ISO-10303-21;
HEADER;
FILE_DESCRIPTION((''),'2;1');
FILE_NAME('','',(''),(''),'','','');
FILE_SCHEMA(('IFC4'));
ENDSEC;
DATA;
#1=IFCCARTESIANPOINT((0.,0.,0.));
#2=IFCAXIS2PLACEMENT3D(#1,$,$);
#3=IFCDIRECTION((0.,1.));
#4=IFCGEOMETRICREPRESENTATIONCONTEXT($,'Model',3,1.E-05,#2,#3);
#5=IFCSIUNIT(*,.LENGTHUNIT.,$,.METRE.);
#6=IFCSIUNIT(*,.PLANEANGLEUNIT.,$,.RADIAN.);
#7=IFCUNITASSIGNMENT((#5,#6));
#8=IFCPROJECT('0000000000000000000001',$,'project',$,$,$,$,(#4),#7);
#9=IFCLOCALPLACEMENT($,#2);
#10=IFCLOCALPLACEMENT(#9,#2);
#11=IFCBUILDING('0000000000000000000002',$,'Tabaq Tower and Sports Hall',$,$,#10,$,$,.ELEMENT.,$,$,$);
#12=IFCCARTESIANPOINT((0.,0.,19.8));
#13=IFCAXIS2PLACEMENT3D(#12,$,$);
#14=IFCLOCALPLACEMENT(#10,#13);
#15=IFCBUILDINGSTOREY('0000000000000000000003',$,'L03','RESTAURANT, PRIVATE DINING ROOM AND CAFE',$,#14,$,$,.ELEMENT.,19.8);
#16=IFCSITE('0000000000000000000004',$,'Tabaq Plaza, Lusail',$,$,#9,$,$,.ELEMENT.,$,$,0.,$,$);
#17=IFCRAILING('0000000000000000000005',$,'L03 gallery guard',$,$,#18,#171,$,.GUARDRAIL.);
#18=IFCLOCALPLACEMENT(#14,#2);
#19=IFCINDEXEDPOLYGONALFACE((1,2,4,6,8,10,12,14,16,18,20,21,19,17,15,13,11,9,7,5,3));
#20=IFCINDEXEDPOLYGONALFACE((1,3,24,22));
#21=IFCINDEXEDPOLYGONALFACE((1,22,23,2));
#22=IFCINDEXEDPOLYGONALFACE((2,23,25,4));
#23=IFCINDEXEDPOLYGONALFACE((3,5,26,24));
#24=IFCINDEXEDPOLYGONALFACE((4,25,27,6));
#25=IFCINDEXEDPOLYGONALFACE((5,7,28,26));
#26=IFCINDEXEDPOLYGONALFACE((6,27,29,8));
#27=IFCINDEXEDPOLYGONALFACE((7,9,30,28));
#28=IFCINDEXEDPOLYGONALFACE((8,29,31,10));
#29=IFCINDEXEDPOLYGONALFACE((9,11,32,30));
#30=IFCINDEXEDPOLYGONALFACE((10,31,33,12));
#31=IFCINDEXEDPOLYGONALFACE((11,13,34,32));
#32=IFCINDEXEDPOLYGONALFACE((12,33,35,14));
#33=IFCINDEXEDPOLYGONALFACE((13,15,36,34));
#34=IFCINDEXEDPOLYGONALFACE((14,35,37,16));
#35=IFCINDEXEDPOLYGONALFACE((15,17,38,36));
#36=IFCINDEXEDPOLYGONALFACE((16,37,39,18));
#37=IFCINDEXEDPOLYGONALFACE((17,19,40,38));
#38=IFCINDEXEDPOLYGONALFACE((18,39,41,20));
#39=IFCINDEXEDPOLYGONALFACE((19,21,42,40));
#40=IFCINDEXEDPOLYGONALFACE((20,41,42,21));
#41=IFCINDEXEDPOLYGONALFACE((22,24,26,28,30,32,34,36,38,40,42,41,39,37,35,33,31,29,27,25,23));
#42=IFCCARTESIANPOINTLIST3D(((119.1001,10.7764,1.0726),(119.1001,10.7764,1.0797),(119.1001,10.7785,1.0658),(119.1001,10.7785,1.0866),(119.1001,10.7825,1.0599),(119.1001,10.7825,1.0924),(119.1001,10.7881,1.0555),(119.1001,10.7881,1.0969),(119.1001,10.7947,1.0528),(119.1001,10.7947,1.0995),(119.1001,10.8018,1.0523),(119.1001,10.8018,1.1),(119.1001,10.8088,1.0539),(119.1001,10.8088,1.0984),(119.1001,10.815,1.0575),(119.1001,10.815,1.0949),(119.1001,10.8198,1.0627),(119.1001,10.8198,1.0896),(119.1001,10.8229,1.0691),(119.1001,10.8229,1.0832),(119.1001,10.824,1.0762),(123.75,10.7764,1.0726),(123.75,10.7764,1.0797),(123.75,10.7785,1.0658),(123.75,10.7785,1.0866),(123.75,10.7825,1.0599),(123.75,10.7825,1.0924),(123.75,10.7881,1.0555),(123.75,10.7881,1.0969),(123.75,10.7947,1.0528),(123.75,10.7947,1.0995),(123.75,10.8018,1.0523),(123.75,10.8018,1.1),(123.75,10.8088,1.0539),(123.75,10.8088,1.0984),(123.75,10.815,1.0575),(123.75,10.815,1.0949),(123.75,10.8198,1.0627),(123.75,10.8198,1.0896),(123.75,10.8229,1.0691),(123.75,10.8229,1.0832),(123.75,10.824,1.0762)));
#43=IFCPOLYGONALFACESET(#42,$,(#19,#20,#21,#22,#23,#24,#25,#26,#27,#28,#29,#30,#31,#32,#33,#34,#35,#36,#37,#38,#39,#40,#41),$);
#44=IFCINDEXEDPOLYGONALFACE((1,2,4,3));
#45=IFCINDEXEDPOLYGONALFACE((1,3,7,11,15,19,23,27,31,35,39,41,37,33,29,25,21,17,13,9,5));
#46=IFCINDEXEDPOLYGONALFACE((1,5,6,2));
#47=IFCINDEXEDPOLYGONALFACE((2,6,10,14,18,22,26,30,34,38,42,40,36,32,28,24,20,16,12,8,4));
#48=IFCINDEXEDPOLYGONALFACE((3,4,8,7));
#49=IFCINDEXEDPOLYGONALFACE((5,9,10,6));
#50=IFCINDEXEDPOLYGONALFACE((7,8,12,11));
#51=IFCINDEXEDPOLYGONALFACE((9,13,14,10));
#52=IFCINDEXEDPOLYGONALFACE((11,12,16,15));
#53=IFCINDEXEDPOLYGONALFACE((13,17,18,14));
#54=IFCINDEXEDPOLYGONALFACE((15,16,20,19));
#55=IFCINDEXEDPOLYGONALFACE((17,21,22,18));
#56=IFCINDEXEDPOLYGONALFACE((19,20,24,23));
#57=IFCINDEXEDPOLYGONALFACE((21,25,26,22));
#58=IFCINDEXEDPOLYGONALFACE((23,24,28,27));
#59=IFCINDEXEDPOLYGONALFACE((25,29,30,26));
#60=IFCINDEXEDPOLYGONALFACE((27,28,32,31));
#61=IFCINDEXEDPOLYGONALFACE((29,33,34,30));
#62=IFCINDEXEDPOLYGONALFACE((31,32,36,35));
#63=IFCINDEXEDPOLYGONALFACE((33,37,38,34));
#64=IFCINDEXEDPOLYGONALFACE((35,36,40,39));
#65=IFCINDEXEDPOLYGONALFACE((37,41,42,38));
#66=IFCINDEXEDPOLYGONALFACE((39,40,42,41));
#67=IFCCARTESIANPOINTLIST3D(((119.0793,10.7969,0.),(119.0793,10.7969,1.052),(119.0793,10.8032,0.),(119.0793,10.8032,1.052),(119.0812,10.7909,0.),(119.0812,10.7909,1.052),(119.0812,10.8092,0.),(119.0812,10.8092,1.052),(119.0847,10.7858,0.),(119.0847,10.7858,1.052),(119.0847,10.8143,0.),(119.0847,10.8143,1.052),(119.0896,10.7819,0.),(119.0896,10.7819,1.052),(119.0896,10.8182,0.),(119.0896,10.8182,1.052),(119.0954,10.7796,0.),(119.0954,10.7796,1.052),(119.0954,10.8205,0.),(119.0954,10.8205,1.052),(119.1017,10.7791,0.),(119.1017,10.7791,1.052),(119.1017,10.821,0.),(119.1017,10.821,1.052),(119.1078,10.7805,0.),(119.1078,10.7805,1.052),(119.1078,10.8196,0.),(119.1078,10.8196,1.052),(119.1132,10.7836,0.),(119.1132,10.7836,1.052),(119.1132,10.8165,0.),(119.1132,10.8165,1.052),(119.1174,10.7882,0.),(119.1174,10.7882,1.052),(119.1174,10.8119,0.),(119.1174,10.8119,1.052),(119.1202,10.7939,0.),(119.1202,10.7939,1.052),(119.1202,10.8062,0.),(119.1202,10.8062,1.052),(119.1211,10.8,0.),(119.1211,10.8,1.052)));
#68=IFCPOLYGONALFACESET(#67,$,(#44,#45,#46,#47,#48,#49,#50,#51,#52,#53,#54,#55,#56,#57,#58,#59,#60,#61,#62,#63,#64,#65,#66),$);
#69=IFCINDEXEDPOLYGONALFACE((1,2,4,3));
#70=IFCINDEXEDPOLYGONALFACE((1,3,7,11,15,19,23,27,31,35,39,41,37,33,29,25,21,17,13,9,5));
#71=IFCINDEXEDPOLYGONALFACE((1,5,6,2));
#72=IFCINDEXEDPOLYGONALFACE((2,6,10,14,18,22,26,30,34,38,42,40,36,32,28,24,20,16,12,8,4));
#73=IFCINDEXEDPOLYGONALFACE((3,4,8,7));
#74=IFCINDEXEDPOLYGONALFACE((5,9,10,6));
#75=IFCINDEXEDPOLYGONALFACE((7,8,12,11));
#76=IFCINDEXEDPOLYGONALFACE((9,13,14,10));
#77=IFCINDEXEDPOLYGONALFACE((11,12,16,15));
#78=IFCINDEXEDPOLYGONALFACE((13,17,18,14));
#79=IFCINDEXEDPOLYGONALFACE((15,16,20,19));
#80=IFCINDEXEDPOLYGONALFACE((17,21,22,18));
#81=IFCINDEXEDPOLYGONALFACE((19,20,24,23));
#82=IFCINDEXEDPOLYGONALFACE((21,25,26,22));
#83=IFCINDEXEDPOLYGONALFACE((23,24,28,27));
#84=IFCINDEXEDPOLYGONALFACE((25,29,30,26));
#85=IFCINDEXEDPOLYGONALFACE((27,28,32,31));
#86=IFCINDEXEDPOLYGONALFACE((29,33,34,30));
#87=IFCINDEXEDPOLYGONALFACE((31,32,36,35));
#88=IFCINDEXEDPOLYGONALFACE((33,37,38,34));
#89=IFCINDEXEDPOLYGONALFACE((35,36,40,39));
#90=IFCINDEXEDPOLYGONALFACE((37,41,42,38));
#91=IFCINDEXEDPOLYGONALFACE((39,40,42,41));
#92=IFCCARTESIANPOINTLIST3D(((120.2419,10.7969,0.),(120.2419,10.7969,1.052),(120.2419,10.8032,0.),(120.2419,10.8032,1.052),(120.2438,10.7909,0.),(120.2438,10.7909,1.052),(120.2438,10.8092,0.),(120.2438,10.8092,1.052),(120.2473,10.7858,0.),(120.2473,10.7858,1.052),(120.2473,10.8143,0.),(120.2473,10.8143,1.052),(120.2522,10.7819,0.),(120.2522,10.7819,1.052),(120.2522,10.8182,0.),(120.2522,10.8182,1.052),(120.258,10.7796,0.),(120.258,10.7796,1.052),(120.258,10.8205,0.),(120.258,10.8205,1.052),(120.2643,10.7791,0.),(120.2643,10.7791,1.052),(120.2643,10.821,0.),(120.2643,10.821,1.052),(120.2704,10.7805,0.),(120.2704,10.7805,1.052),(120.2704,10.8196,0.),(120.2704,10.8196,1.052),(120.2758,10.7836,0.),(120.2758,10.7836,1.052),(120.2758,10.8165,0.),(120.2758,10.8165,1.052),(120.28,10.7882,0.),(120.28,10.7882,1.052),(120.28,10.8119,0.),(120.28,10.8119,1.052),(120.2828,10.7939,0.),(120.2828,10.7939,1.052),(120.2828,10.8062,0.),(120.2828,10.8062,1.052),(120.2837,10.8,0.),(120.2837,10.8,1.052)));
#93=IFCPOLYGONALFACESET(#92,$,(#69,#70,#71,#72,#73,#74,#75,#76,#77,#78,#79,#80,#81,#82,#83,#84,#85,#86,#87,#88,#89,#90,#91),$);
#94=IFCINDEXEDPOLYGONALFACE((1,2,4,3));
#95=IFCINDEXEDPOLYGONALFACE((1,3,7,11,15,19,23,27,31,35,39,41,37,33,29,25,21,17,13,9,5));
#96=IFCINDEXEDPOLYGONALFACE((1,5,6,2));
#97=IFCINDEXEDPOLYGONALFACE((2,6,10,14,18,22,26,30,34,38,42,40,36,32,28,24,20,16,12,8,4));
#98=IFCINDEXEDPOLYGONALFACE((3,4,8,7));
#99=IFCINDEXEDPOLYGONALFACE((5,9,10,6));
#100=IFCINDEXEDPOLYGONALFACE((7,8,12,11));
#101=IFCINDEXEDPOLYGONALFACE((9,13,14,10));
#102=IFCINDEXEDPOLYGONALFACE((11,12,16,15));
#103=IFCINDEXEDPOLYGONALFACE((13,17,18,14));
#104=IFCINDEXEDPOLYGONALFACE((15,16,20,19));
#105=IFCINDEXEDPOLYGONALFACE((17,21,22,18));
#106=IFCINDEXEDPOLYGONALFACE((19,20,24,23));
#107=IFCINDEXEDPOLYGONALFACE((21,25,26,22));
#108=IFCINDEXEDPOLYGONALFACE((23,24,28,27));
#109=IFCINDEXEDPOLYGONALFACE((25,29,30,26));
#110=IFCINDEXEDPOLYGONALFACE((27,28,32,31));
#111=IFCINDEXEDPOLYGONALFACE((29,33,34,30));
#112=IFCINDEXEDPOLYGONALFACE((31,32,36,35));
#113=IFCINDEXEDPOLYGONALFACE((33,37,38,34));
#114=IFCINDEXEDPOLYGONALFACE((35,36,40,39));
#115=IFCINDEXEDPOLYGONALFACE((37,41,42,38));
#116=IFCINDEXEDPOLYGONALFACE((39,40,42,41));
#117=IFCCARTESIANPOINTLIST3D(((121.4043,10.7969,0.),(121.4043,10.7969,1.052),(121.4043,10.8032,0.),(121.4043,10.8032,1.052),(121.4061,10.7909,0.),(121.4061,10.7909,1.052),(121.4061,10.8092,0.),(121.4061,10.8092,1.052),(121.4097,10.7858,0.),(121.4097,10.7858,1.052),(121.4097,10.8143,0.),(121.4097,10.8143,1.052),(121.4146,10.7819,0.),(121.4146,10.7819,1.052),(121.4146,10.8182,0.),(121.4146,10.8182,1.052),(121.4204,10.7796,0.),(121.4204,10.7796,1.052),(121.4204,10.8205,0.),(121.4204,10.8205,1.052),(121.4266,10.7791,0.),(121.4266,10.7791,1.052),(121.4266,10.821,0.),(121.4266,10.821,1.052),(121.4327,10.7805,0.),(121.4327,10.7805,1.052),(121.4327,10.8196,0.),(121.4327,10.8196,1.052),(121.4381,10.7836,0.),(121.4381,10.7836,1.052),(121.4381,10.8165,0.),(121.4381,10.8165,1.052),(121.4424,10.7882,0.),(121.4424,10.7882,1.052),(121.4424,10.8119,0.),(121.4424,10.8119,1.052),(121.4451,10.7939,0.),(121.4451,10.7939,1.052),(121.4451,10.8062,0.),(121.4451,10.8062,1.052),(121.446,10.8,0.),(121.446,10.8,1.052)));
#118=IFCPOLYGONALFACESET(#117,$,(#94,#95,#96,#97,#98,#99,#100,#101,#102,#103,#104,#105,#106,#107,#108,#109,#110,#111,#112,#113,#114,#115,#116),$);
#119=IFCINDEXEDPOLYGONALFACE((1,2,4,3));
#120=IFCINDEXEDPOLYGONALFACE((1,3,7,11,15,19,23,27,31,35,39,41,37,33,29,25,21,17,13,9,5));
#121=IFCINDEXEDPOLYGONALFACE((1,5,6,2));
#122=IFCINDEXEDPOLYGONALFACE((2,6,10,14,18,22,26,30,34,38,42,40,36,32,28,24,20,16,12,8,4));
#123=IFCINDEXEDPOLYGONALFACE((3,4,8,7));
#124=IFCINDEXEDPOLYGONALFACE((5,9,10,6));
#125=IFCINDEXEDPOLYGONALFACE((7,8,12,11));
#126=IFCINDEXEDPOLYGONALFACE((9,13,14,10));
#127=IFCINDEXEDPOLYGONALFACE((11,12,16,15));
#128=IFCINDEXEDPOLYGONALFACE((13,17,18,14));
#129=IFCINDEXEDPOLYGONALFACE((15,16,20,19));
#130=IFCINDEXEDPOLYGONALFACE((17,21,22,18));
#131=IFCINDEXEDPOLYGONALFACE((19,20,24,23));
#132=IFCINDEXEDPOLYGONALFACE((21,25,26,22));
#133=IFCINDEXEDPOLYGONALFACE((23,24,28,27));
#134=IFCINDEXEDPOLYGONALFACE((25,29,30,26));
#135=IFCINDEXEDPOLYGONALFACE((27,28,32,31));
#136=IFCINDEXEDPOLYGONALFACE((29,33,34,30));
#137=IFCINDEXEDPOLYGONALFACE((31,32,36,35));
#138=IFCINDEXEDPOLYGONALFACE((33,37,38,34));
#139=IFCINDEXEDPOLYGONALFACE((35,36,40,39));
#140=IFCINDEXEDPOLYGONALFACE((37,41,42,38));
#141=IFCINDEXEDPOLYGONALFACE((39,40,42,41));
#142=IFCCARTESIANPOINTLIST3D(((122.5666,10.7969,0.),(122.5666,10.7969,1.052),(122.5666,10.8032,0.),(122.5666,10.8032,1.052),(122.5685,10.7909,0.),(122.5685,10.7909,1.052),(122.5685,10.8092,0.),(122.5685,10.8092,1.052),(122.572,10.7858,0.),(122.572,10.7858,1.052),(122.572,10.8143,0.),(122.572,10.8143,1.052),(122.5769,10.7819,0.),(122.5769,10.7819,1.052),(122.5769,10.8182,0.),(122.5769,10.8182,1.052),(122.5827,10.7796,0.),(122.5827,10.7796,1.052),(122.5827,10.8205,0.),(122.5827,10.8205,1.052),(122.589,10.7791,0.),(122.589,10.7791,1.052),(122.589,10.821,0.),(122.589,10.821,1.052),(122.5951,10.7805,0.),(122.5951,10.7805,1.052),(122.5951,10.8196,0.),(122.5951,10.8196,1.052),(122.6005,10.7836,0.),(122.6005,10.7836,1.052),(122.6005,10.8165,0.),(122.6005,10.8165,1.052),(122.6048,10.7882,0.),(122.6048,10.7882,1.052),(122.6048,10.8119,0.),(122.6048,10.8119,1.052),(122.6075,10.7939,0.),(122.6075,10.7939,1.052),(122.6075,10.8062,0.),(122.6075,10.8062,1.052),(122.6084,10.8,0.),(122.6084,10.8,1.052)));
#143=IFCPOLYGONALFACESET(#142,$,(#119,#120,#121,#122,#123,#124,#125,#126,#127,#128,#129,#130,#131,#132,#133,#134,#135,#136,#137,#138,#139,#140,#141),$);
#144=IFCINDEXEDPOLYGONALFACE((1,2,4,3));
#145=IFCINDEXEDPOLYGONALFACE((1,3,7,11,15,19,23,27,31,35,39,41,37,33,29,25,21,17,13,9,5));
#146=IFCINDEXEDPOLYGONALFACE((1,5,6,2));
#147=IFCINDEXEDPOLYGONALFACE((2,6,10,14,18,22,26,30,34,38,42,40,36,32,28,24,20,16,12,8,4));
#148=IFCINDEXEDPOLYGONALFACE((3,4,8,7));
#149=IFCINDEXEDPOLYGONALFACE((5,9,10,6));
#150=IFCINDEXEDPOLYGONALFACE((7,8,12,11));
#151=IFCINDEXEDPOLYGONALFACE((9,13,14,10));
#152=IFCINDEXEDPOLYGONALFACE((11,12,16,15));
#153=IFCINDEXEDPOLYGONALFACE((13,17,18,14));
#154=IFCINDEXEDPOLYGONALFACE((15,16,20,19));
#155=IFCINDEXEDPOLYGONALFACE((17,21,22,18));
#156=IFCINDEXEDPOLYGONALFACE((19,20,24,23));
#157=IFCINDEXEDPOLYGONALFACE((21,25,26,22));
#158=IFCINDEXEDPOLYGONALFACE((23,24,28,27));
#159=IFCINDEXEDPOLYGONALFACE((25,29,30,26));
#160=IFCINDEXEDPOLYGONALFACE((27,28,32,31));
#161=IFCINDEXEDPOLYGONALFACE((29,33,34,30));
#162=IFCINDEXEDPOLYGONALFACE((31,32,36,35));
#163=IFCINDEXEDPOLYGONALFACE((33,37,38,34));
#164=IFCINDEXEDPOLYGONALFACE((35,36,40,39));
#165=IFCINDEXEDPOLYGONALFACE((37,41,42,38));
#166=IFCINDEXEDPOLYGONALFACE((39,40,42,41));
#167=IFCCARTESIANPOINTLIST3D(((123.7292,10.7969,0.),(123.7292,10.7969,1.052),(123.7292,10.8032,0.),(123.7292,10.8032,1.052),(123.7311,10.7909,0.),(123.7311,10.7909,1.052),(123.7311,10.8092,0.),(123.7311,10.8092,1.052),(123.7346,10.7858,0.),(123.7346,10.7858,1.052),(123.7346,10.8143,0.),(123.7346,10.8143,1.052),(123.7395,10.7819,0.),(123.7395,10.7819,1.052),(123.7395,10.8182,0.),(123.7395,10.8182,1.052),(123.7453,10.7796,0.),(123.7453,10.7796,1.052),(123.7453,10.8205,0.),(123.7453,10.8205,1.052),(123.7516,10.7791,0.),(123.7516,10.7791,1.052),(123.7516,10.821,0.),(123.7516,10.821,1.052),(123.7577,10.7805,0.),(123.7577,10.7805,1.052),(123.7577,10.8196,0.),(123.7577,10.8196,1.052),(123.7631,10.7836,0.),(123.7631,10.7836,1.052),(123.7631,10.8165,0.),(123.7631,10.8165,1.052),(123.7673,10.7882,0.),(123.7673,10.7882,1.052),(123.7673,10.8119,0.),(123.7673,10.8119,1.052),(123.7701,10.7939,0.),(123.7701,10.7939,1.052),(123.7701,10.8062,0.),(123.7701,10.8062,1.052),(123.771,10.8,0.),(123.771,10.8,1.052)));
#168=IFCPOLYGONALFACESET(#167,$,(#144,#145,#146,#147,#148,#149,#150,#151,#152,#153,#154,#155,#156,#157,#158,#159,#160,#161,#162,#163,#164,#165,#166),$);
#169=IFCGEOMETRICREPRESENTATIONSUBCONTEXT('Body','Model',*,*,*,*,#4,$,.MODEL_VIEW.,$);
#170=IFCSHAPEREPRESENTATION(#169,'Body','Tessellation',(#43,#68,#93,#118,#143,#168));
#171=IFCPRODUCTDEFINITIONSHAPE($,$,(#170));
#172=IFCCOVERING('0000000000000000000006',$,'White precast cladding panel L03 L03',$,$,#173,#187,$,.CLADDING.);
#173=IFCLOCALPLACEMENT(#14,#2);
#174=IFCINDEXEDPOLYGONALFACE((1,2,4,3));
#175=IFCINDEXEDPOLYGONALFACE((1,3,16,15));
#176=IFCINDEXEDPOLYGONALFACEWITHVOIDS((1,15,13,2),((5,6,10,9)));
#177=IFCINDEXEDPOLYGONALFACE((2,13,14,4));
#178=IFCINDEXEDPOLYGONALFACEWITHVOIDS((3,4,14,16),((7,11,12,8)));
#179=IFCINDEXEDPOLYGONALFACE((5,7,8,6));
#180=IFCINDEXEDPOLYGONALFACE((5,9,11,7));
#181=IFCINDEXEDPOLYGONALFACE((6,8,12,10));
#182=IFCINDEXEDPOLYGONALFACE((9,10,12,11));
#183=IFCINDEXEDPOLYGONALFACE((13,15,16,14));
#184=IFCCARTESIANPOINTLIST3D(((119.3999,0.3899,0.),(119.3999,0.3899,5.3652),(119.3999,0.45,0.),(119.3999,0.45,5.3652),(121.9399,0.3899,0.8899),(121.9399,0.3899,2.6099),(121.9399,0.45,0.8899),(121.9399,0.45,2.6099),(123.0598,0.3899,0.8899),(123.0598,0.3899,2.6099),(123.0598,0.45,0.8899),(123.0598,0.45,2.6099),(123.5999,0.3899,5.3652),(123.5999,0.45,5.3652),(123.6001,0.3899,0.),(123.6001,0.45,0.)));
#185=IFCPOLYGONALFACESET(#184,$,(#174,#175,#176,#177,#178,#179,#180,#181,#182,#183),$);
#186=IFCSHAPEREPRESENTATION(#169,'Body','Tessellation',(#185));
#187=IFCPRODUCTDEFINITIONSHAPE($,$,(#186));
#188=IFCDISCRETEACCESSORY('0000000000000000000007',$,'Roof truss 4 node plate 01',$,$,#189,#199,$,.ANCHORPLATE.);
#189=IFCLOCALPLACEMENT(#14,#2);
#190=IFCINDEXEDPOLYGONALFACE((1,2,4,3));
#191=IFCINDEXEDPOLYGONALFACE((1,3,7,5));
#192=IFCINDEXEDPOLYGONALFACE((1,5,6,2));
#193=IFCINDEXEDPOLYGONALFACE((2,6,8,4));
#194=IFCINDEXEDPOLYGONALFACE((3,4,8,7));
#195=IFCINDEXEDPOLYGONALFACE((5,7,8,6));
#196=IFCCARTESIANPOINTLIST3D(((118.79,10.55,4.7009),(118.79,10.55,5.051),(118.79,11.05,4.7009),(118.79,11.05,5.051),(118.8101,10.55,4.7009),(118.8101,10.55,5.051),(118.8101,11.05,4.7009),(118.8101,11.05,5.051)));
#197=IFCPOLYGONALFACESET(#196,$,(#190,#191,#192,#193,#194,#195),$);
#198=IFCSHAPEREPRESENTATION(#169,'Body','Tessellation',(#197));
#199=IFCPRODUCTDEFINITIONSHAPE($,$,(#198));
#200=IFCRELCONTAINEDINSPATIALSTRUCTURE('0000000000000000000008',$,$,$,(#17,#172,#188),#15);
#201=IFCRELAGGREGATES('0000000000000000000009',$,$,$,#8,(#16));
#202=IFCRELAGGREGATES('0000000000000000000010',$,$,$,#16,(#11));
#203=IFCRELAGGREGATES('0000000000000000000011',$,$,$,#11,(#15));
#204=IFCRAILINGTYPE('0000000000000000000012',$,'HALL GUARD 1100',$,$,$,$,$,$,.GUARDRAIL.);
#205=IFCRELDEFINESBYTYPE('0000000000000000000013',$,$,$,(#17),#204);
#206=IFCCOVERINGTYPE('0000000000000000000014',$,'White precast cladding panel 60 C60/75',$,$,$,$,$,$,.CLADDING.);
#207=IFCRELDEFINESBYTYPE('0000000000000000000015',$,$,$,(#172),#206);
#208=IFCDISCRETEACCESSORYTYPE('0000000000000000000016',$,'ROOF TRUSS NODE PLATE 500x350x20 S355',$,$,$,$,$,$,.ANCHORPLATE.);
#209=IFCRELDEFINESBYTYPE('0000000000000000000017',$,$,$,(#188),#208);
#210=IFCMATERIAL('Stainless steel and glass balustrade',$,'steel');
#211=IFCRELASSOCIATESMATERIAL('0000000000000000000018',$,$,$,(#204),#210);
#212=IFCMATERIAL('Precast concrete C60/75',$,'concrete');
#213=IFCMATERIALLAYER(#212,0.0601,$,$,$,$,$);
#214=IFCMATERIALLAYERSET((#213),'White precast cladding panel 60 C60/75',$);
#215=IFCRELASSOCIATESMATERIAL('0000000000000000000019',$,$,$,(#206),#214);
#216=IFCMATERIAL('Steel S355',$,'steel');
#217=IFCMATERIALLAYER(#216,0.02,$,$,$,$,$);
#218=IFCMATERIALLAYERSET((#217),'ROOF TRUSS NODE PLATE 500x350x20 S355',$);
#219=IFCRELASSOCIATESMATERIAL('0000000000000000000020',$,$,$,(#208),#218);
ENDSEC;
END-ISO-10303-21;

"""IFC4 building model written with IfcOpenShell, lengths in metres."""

from ifc_helpers import new_model, si_unit, direction, frame, origin, origin_2d, place, context, subcontext, project, spatial, polyline, rectangle, circle, outline, extrude, material, layer, layer_set, type_object, element, save


model = new_model("IFC4")

# Units and contexts
model_context = context("Model", 3, precision=1e-05, world=origin(), true_north=direction((0.0, 1.0)))
body_context = subcontext(model_context, "Body", "Model", "MODEL_VIEW")
ifc_project = project(units=[si_unit("LENGTHUNIT", "METRE"), si_unit("PLANEANGLEUNIT", "RADIAN")], contexts=[model_context])

# Site, building, storey
site_placement = place(None, origin())
site = spatial("IfcSite", under=ifc_project, at=site_placement, Name="Tabaq Plaza, Lusail", CompositionType="ELEMENT", RefElevation=0.0)
building_placement = place(site_placement, origin())
building = spatial("IfcBuilding", under=site, at=building_placement, Name="Tabaq Tower and Sports Hall", CompositionType="ELEMENT")
storey_placement = place(building_placement, frame((0.0, 0.0, 19.8)))
storey = spatial("IfcBuildingStorey", under=building, at=storey_placement, Name="L03", Description="RESTAURANT, PRIVATE DINING ROOM AND CAFE", CompositionType="ELEMENT", Elevation=19.8)

# Railing
ifc_material_1 = material(Name="Stainless steel and glass balustrade", Category="steel")
railing_type = type_object("IfcRailingType", Name="HALL GUARD 1100", PredefinedType="GUARDRAIL", material=ifc_material_1)
railing_placement = place(storey_placement, frame((119.1001, 10.8, 0.0)))
element("IfcRailing", 1, at=railing_placement, inside=storey, type_object=railing_type, Name="L03 gallery guard", PredefinedType="GUARDRAIL", context=body_context, shape_type="SweptSolid", body=[
    extrude(circle(Radius=0.0239, at=origin_2d()), frame((0.0, 0.0, 1.0762), z_axis=(1.0, 0.0, 0.0), x_axis=(0.0, 1.0, 0.0)), (0.0, 0.0, 1.0), 4.6499),
    extrude(circle(Radius=0.021, at=origin_2d()), origin(), (0.0, 0.0, 1.0), 1.052),
    extrude(circle(Radius=0.021, at=origin_2d()), frame((1.1626, 0.0, 0.0)), (0.0, 0.0, 1.0), 1.052),
    extrude(circle(Radius=0.021, at=origin_2d()), frame((2.325, 0.0, 0.0)), (0.0, 0.0, 1.0), 1.052),
    extrude(circle(Radius=0.021, at=origin_2d()), frame((3.4873, 0.0, 0.0)), (0.0, 0.0, 1.0), 1.052),
    extrude(circle(Radius=0.021, at=origin_2d()), frame((4.6499, 0.0, 0.0)), (0.0, 0.0, 1.0), 1.052),
])

# Covering
ifc_material_2 = material(Name="Precast concrete C60/75", Category="concrete")
ifc_layer_1 = layer(ifc_material_2, 0.0601)
ifc_layer_set_1 = layer_set([ifc_layer_1], Name="White precast cladding panel 60 C60/75")
covering_type = type_object("IfcCoveringType", Name="White precast cladding panel 60 C60/75", PredefinedType="CLADDING", material=ifc_layer_set_1)
covering_placement = place(storey_placement, frame((119.3999, 0.4199, 0.0), z_axis=(0.0, 0.0, 1.0), x_axis=(1.0, 0.0, 0.0)))
element("IfcCovering", 2, at=covering_placement, inside=storey, type_object=covering_type, Name="White precast cladding panel L03 L03", PredefinedType="CLADDING", context=body_context, shape_type="SweptSolid", body=[
    extrude(outline(polyline([(0.0, 0.0), (4.2002, 0.0), (4.2, 5.3652), (0.0, 5.3652), (0.0, 0.0)]), holes=[polyline([(2.54, 0.8899), (2.54, 2.6099), (3.6599, 2.6099), (3.6599, 0.8899), (2.54, 0.8899)])]), frame((0.0, 0.03, 0.0), z_axis=(0.0, -1.0, 0.0), x_axis=(1.0, 0.0, 0.0)), (0.0, 0.0, 1.0), 0.0601),
])

# Discrete accessory
ifc_material_3 = material(Name="Steel S355", Category="steel")
ifc_layer_2 = layer(ifc_material_3, 0.02)
ifc_layer_set_2 = layer_set([ifc_layer_2], Name="ROOF TRUSS NODE PLATE 500x350x20 S355")
discrete_accessory_type = type_object("IfcDiscreteAccessoryType", Name="ROOF TRUSS NODE PLATE 500x350x20 S355", PredefinedType="ANCHORPLATE", material=ifc_layer_set_2)
discrete_accessory_placement = place(storey_placement, frame((118.8, 10.8, 4.7009), z_axis=(0.0, 0.0, 1.0), x_axis=(1.0, 0.0, 0.0)))
element("IfcDiscreteAccessory", 3, at=discrete_accessory_placement, inside=storey, type_object=discrete_accessory_type, Name="Roof truss 4 node plate 01", PredefinedType="ANCHORPLATE", context=body_context, shape_type="SweptSolid", body=[
    extrude(rectangle(XDim=0.02, YDim=0.5, at=origin_2d()), origin(), (0.0, 0.0, 1.0), 0.3501),
])

save(model, "model.ifc")
